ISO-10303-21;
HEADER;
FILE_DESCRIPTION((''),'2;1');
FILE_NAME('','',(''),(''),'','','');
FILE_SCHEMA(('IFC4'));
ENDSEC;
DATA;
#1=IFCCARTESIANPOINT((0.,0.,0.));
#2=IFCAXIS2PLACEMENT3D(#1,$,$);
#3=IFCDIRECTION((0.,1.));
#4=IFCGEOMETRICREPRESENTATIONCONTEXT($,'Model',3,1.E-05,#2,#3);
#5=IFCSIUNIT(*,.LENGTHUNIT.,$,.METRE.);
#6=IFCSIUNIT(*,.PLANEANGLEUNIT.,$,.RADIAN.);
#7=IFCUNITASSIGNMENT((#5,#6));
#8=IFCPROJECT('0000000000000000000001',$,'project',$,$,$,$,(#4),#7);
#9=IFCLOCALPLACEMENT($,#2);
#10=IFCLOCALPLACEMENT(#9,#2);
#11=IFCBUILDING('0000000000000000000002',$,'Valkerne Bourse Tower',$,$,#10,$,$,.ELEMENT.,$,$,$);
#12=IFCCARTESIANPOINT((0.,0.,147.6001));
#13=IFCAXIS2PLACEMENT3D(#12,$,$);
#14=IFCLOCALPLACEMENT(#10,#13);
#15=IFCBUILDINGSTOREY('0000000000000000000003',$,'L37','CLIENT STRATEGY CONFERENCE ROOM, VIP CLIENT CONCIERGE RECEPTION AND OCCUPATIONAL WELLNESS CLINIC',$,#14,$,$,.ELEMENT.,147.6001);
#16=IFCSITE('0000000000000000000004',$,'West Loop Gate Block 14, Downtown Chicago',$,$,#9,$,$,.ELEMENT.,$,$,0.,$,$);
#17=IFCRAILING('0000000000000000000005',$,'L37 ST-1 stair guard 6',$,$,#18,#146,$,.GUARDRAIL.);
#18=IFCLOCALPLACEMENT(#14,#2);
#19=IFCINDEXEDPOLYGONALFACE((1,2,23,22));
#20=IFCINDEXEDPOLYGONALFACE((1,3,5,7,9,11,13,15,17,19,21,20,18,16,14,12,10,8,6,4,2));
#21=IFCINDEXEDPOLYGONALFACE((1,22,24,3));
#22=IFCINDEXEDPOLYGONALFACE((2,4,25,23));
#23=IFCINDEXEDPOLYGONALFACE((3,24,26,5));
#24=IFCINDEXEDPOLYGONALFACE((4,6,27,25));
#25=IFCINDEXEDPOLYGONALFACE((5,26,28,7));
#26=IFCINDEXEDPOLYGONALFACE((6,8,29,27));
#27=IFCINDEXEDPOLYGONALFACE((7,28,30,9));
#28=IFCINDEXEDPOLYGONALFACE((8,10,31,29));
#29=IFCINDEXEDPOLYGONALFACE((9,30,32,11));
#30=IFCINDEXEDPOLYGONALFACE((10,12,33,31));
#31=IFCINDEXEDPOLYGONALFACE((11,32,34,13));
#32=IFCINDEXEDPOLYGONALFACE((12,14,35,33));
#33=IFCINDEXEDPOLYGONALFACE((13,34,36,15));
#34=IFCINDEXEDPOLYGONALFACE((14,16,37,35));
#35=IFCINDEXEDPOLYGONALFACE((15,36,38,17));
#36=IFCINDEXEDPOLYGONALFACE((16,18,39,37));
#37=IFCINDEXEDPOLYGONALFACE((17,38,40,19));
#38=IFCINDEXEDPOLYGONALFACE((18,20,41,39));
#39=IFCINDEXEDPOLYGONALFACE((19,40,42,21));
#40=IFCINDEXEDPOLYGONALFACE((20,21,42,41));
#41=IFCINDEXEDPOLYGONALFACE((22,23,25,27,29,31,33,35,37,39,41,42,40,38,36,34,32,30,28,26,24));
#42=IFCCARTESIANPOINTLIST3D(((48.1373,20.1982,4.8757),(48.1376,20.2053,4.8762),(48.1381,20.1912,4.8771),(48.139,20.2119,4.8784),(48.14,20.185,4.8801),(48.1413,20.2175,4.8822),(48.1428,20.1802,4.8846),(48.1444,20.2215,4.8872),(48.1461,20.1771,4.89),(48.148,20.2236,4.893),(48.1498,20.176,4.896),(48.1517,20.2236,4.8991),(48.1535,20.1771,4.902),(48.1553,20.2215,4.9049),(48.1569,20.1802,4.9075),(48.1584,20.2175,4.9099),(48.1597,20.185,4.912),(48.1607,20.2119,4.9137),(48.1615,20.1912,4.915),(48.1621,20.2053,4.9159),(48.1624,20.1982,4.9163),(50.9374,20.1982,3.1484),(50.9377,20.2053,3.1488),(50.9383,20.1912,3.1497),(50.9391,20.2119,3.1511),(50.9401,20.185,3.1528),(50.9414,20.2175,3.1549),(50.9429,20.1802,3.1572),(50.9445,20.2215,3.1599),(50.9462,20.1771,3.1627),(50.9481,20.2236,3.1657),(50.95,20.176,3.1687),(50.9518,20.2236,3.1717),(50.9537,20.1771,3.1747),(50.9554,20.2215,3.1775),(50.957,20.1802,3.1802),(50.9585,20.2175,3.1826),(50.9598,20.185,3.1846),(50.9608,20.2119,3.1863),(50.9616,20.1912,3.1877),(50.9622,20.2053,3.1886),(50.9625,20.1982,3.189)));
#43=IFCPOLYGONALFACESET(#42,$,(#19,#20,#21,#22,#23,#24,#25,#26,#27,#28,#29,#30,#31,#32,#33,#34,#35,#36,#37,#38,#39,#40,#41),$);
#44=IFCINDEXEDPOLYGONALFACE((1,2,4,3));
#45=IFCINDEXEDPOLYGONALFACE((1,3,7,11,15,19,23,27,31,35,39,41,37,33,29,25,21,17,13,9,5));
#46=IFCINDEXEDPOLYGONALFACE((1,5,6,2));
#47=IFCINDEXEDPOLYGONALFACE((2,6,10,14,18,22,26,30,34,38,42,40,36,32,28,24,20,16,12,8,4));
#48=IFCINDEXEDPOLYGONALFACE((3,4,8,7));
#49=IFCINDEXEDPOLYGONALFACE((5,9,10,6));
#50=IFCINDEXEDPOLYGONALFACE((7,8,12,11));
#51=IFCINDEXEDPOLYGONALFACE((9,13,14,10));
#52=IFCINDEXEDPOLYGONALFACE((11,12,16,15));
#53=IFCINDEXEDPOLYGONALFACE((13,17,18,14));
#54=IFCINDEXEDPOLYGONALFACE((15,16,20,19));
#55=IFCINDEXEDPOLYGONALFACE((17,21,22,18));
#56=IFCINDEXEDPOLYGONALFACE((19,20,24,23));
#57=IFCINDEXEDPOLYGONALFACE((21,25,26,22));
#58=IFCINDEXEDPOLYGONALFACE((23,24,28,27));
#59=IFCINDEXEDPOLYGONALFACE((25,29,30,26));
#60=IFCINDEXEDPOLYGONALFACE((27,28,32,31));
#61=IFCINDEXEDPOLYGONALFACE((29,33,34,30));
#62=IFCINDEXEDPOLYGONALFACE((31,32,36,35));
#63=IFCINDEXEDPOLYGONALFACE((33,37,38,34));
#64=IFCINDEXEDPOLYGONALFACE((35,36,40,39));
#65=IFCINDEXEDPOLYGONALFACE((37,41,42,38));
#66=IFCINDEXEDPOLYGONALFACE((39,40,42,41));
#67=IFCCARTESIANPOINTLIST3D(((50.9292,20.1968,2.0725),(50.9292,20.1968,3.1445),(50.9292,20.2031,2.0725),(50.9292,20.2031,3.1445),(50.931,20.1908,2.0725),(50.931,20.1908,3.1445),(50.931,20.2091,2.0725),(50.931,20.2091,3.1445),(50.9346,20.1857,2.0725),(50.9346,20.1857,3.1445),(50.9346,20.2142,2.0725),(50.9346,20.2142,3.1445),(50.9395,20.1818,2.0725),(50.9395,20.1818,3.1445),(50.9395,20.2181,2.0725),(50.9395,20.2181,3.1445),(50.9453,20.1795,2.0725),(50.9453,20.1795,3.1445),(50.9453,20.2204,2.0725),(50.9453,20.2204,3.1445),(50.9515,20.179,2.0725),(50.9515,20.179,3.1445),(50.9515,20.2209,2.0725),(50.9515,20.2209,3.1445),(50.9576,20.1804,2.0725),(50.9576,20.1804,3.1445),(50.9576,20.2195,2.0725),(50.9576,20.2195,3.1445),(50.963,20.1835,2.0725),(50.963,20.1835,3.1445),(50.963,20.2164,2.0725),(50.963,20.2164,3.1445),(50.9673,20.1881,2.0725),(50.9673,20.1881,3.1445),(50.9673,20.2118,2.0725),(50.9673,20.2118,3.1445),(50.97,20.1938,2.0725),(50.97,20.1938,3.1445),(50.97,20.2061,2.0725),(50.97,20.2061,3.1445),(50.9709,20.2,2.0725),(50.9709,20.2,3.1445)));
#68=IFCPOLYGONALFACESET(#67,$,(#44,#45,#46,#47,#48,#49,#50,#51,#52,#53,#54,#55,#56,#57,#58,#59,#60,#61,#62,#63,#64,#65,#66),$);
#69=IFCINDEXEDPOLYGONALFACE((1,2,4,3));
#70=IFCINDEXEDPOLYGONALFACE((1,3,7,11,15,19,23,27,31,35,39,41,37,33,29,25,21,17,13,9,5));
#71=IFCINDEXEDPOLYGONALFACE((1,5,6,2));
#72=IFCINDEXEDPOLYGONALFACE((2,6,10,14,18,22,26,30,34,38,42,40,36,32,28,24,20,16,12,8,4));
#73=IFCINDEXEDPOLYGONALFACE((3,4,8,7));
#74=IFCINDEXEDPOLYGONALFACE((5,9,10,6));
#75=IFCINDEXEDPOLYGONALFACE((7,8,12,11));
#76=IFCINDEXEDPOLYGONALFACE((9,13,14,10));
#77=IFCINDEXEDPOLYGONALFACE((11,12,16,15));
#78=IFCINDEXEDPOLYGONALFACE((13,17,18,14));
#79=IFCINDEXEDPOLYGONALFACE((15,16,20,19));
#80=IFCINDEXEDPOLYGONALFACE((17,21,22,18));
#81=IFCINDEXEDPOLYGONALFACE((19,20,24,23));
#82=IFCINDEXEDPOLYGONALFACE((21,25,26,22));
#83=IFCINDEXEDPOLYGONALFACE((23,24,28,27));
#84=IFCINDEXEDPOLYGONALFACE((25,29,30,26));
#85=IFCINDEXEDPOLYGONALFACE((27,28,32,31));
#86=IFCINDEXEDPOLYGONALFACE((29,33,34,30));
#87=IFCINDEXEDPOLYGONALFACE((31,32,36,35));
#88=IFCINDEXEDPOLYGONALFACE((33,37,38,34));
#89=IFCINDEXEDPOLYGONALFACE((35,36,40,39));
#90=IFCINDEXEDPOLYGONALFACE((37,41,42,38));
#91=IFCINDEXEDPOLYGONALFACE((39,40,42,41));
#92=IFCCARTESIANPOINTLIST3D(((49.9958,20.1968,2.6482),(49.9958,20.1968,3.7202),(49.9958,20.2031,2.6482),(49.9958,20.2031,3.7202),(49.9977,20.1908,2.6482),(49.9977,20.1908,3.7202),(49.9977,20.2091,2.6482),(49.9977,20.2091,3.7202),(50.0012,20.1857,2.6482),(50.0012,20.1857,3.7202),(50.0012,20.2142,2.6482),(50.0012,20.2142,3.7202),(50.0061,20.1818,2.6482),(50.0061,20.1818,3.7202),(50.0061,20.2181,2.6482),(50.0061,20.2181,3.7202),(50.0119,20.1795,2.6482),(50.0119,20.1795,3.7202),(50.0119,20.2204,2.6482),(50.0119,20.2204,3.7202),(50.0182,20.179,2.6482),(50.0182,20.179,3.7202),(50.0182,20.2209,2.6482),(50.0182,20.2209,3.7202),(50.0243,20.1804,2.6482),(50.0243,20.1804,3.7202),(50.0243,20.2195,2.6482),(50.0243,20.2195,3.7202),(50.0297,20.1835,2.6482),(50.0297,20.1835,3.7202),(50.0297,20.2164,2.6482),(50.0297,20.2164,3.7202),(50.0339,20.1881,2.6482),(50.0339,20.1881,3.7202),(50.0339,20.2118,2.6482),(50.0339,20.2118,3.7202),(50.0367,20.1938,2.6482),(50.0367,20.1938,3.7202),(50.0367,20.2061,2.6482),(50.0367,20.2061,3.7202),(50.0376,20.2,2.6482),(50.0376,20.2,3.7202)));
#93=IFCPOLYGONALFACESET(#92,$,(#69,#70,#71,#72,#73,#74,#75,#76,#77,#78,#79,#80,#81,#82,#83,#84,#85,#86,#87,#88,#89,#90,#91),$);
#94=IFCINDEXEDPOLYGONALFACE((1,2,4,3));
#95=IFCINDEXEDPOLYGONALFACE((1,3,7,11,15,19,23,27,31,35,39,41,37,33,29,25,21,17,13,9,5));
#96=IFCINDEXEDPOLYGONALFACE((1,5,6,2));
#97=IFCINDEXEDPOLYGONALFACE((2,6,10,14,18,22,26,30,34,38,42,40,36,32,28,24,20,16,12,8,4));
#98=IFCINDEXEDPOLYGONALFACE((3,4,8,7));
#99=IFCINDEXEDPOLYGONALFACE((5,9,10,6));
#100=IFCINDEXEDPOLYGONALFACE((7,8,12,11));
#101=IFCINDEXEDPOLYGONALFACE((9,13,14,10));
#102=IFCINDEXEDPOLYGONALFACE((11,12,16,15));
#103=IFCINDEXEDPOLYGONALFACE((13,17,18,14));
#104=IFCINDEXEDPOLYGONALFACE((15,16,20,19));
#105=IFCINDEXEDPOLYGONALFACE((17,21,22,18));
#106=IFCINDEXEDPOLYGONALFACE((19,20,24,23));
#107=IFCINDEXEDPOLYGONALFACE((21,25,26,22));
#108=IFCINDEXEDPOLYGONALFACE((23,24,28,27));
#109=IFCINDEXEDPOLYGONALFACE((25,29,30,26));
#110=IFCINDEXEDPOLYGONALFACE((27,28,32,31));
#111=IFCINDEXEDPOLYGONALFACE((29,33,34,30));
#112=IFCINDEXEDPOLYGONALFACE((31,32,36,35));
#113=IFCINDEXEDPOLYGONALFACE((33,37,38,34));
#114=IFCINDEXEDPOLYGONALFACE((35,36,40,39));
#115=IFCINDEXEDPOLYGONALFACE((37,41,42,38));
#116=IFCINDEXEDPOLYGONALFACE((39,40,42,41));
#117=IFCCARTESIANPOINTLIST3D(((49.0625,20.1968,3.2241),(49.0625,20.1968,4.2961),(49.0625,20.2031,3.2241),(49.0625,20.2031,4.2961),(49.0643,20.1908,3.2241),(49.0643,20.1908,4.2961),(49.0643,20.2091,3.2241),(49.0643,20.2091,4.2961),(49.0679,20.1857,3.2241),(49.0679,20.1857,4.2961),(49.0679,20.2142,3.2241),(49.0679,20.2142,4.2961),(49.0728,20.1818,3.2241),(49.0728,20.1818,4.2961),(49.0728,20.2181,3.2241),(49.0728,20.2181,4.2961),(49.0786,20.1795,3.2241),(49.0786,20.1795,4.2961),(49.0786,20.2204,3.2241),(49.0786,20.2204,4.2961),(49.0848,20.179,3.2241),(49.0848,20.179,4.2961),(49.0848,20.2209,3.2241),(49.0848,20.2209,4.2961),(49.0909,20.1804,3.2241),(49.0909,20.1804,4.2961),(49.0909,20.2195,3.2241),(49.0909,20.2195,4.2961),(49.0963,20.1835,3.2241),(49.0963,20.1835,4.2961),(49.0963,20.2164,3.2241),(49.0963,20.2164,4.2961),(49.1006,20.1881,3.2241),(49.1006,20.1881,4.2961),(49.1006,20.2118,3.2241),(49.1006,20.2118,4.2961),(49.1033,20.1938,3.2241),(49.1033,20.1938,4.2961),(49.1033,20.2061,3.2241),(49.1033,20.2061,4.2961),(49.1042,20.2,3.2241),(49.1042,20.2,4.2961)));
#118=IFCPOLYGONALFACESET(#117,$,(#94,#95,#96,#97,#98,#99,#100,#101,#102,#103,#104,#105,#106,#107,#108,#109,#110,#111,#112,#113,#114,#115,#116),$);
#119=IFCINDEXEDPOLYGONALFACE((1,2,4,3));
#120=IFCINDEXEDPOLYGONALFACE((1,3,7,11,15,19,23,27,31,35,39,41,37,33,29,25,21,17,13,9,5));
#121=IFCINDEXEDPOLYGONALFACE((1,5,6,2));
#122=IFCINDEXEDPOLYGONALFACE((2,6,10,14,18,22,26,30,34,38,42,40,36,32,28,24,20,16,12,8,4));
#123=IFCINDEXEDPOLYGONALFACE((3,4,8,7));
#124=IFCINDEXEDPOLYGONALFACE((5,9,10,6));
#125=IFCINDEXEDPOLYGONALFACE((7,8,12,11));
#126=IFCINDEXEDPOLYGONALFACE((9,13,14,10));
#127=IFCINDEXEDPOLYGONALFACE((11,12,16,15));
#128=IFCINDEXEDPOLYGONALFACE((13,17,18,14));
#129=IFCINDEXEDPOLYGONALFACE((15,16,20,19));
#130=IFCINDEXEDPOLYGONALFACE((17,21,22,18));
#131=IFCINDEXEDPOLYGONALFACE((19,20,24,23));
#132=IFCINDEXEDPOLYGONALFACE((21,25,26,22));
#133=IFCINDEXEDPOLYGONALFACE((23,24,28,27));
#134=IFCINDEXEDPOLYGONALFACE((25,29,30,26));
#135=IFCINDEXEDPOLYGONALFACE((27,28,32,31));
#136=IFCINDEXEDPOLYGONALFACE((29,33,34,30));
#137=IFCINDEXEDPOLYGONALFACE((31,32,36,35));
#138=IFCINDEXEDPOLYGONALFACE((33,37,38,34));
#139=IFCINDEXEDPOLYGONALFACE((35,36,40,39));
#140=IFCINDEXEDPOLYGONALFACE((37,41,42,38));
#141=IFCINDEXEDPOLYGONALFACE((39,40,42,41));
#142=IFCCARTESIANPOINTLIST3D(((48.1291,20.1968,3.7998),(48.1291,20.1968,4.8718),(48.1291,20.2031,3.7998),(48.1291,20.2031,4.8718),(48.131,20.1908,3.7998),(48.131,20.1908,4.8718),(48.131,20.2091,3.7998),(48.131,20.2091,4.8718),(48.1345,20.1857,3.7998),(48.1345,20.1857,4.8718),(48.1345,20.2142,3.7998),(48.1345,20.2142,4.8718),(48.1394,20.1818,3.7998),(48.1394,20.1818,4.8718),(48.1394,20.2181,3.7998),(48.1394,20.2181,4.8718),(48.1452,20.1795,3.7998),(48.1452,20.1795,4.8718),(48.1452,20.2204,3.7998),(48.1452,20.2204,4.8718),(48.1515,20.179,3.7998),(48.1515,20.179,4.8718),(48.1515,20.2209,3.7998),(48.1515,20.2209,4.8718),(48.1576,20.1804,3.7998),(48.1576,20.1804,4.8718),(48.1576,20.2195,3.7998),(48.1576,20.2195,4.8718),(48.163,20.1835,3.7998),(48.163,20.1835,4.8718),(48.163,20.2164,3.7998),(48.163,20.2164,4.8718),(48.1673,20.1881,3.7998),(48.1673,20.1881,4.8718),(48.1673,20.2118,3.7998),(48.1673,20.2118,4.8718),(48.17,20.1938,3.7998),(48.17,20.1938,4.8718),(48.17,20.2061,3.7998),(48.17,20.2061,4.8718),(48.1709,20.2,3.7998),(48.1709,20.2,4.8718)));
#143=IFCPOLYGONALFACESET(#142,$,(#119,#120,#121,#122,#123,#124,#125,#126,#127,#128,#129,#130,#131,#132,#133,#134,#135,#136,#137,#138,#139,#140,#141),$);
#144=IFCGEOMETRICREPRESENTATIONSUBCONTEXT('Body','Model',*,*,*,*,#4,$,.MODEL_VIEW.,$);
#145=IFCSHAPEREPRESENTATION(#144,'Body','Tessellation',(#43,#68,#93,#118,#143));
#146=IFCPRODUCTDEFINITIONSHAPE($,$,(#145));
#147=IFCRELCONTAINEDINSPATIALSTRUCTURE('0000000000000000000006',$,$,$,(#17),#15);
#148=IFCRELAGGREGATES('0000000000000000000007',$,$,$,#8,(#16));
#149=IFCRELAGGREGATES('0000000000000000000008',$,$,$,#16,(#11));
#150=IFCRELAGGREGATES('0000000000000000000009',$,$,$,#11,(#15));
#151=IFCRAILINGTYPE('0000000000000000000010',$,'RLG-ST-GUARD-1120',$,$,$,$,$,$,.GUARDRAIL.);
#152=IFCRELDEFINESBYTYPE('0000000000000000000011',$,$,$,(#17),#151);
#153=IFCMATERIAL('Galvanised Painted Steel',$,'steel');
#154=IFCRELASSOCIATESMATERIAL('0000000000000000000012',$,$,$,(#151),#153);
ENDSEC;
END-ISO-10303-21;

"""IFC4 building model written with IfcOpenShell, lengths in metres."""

from ifc_helpers import new_model, si_unit, direction, frame, origin, origin_2d, place, context, subcontext, project, spatial, circle, extrude, material, type_object, element, save


model = new_model("IFC4")

# Units and contexts
model_context = context("Model", 3, precision=1e-05, world=origin(), true_north=direction((0.0, 1.0)))
body_context = subcontext(model_context, "Body", "Model", "MODEL_VIEW")
ifc_project = project(units=[si_unit("LENGTHUNIT", "METRE"), si_unit("PLANEANGLEUNIT", "RADIAN")], contexts=[model_context])

# Site, building, storey
site_placement = place(None, origin())
site = spatial("IfcSite", under=ifc_project, at=site_placement, Name="West Loop Gate Block 14, Downtown Chicago", CompositionType="ELEMENT", RefElevation=0.0)
building_placement = place(site_placement, origin())
building = spatial("IfcBuilding", under=site, at=building_placement, Name="Valkerne Bourse Tower", CompositionType="ELEMENT")
storey_placement = place(building_placement, frame((0.0, 0.0, 147.6001)))
storey = spatial("IfcBuildingStorey", under=building, at=storey_placement, Name="L37", Description="CLIENT STRATEGY CONFERENCE ROOM, VIP CLIENT CONCIERGE RECEPTION AND OCCUPATIONAL WELLNESS CLINIC", CompositionType="ELEMENT", Elevation=147.6001)

# Shared definitions
ifc_material_1 = material(Name="Galvanised Painted Steel", Category="steel")

# Railing
railing_type_1 = type_object("IfcRailingType", Name="RLG-ST-GUARD-1120", PredefinedType="GUARDRAIL", material=ifc_material_1)
railing_1_placement = place(storey_placement, frame((50.95, 20.2, 2.0725)))
element("IfcRailing", 1, at=railing_1_placement, inside=storey, type_object=railing_type_1, Name="L37 ST-1 stair guard 6", PredefinedType="GUARDRAIL", context=body_context, shape_type="SweptSolid", body=[
    extrude(circle(Radius=0.0239, at=origin_2d()), frame((0.0, 0.0, 1.0962), z_axis=(-0.85109, 0.0, 0.52502), x_axis=(0.0, -1.0, 0.0)), (0.0, 0.0, 1.0), 3.29),
    extrude(circle(Radius=0.021, at=origin_2d()), origin(), (0.0, 0.0, 1.0), 1.072),
    extrude(circle(Radius=0.021, at=origin_2d()), frame((-0.9333, 0.0, 0.5757)), (0.0, 0.0, 1.0), 1.072),
    extrude(circle(Radius=0.021, at=origin_2d()), frame((-1.8667, 0.0, 1.1516)), (0.0, 0.0, 1.0), 1.072),
    extrude(circle(Radius=0.021, at=origin_2d()), frame((-2.8, 0.0, 1.7273)), (0.0, 0.0, 1.0), 1.072),
])

save(model, "model.ifc")
